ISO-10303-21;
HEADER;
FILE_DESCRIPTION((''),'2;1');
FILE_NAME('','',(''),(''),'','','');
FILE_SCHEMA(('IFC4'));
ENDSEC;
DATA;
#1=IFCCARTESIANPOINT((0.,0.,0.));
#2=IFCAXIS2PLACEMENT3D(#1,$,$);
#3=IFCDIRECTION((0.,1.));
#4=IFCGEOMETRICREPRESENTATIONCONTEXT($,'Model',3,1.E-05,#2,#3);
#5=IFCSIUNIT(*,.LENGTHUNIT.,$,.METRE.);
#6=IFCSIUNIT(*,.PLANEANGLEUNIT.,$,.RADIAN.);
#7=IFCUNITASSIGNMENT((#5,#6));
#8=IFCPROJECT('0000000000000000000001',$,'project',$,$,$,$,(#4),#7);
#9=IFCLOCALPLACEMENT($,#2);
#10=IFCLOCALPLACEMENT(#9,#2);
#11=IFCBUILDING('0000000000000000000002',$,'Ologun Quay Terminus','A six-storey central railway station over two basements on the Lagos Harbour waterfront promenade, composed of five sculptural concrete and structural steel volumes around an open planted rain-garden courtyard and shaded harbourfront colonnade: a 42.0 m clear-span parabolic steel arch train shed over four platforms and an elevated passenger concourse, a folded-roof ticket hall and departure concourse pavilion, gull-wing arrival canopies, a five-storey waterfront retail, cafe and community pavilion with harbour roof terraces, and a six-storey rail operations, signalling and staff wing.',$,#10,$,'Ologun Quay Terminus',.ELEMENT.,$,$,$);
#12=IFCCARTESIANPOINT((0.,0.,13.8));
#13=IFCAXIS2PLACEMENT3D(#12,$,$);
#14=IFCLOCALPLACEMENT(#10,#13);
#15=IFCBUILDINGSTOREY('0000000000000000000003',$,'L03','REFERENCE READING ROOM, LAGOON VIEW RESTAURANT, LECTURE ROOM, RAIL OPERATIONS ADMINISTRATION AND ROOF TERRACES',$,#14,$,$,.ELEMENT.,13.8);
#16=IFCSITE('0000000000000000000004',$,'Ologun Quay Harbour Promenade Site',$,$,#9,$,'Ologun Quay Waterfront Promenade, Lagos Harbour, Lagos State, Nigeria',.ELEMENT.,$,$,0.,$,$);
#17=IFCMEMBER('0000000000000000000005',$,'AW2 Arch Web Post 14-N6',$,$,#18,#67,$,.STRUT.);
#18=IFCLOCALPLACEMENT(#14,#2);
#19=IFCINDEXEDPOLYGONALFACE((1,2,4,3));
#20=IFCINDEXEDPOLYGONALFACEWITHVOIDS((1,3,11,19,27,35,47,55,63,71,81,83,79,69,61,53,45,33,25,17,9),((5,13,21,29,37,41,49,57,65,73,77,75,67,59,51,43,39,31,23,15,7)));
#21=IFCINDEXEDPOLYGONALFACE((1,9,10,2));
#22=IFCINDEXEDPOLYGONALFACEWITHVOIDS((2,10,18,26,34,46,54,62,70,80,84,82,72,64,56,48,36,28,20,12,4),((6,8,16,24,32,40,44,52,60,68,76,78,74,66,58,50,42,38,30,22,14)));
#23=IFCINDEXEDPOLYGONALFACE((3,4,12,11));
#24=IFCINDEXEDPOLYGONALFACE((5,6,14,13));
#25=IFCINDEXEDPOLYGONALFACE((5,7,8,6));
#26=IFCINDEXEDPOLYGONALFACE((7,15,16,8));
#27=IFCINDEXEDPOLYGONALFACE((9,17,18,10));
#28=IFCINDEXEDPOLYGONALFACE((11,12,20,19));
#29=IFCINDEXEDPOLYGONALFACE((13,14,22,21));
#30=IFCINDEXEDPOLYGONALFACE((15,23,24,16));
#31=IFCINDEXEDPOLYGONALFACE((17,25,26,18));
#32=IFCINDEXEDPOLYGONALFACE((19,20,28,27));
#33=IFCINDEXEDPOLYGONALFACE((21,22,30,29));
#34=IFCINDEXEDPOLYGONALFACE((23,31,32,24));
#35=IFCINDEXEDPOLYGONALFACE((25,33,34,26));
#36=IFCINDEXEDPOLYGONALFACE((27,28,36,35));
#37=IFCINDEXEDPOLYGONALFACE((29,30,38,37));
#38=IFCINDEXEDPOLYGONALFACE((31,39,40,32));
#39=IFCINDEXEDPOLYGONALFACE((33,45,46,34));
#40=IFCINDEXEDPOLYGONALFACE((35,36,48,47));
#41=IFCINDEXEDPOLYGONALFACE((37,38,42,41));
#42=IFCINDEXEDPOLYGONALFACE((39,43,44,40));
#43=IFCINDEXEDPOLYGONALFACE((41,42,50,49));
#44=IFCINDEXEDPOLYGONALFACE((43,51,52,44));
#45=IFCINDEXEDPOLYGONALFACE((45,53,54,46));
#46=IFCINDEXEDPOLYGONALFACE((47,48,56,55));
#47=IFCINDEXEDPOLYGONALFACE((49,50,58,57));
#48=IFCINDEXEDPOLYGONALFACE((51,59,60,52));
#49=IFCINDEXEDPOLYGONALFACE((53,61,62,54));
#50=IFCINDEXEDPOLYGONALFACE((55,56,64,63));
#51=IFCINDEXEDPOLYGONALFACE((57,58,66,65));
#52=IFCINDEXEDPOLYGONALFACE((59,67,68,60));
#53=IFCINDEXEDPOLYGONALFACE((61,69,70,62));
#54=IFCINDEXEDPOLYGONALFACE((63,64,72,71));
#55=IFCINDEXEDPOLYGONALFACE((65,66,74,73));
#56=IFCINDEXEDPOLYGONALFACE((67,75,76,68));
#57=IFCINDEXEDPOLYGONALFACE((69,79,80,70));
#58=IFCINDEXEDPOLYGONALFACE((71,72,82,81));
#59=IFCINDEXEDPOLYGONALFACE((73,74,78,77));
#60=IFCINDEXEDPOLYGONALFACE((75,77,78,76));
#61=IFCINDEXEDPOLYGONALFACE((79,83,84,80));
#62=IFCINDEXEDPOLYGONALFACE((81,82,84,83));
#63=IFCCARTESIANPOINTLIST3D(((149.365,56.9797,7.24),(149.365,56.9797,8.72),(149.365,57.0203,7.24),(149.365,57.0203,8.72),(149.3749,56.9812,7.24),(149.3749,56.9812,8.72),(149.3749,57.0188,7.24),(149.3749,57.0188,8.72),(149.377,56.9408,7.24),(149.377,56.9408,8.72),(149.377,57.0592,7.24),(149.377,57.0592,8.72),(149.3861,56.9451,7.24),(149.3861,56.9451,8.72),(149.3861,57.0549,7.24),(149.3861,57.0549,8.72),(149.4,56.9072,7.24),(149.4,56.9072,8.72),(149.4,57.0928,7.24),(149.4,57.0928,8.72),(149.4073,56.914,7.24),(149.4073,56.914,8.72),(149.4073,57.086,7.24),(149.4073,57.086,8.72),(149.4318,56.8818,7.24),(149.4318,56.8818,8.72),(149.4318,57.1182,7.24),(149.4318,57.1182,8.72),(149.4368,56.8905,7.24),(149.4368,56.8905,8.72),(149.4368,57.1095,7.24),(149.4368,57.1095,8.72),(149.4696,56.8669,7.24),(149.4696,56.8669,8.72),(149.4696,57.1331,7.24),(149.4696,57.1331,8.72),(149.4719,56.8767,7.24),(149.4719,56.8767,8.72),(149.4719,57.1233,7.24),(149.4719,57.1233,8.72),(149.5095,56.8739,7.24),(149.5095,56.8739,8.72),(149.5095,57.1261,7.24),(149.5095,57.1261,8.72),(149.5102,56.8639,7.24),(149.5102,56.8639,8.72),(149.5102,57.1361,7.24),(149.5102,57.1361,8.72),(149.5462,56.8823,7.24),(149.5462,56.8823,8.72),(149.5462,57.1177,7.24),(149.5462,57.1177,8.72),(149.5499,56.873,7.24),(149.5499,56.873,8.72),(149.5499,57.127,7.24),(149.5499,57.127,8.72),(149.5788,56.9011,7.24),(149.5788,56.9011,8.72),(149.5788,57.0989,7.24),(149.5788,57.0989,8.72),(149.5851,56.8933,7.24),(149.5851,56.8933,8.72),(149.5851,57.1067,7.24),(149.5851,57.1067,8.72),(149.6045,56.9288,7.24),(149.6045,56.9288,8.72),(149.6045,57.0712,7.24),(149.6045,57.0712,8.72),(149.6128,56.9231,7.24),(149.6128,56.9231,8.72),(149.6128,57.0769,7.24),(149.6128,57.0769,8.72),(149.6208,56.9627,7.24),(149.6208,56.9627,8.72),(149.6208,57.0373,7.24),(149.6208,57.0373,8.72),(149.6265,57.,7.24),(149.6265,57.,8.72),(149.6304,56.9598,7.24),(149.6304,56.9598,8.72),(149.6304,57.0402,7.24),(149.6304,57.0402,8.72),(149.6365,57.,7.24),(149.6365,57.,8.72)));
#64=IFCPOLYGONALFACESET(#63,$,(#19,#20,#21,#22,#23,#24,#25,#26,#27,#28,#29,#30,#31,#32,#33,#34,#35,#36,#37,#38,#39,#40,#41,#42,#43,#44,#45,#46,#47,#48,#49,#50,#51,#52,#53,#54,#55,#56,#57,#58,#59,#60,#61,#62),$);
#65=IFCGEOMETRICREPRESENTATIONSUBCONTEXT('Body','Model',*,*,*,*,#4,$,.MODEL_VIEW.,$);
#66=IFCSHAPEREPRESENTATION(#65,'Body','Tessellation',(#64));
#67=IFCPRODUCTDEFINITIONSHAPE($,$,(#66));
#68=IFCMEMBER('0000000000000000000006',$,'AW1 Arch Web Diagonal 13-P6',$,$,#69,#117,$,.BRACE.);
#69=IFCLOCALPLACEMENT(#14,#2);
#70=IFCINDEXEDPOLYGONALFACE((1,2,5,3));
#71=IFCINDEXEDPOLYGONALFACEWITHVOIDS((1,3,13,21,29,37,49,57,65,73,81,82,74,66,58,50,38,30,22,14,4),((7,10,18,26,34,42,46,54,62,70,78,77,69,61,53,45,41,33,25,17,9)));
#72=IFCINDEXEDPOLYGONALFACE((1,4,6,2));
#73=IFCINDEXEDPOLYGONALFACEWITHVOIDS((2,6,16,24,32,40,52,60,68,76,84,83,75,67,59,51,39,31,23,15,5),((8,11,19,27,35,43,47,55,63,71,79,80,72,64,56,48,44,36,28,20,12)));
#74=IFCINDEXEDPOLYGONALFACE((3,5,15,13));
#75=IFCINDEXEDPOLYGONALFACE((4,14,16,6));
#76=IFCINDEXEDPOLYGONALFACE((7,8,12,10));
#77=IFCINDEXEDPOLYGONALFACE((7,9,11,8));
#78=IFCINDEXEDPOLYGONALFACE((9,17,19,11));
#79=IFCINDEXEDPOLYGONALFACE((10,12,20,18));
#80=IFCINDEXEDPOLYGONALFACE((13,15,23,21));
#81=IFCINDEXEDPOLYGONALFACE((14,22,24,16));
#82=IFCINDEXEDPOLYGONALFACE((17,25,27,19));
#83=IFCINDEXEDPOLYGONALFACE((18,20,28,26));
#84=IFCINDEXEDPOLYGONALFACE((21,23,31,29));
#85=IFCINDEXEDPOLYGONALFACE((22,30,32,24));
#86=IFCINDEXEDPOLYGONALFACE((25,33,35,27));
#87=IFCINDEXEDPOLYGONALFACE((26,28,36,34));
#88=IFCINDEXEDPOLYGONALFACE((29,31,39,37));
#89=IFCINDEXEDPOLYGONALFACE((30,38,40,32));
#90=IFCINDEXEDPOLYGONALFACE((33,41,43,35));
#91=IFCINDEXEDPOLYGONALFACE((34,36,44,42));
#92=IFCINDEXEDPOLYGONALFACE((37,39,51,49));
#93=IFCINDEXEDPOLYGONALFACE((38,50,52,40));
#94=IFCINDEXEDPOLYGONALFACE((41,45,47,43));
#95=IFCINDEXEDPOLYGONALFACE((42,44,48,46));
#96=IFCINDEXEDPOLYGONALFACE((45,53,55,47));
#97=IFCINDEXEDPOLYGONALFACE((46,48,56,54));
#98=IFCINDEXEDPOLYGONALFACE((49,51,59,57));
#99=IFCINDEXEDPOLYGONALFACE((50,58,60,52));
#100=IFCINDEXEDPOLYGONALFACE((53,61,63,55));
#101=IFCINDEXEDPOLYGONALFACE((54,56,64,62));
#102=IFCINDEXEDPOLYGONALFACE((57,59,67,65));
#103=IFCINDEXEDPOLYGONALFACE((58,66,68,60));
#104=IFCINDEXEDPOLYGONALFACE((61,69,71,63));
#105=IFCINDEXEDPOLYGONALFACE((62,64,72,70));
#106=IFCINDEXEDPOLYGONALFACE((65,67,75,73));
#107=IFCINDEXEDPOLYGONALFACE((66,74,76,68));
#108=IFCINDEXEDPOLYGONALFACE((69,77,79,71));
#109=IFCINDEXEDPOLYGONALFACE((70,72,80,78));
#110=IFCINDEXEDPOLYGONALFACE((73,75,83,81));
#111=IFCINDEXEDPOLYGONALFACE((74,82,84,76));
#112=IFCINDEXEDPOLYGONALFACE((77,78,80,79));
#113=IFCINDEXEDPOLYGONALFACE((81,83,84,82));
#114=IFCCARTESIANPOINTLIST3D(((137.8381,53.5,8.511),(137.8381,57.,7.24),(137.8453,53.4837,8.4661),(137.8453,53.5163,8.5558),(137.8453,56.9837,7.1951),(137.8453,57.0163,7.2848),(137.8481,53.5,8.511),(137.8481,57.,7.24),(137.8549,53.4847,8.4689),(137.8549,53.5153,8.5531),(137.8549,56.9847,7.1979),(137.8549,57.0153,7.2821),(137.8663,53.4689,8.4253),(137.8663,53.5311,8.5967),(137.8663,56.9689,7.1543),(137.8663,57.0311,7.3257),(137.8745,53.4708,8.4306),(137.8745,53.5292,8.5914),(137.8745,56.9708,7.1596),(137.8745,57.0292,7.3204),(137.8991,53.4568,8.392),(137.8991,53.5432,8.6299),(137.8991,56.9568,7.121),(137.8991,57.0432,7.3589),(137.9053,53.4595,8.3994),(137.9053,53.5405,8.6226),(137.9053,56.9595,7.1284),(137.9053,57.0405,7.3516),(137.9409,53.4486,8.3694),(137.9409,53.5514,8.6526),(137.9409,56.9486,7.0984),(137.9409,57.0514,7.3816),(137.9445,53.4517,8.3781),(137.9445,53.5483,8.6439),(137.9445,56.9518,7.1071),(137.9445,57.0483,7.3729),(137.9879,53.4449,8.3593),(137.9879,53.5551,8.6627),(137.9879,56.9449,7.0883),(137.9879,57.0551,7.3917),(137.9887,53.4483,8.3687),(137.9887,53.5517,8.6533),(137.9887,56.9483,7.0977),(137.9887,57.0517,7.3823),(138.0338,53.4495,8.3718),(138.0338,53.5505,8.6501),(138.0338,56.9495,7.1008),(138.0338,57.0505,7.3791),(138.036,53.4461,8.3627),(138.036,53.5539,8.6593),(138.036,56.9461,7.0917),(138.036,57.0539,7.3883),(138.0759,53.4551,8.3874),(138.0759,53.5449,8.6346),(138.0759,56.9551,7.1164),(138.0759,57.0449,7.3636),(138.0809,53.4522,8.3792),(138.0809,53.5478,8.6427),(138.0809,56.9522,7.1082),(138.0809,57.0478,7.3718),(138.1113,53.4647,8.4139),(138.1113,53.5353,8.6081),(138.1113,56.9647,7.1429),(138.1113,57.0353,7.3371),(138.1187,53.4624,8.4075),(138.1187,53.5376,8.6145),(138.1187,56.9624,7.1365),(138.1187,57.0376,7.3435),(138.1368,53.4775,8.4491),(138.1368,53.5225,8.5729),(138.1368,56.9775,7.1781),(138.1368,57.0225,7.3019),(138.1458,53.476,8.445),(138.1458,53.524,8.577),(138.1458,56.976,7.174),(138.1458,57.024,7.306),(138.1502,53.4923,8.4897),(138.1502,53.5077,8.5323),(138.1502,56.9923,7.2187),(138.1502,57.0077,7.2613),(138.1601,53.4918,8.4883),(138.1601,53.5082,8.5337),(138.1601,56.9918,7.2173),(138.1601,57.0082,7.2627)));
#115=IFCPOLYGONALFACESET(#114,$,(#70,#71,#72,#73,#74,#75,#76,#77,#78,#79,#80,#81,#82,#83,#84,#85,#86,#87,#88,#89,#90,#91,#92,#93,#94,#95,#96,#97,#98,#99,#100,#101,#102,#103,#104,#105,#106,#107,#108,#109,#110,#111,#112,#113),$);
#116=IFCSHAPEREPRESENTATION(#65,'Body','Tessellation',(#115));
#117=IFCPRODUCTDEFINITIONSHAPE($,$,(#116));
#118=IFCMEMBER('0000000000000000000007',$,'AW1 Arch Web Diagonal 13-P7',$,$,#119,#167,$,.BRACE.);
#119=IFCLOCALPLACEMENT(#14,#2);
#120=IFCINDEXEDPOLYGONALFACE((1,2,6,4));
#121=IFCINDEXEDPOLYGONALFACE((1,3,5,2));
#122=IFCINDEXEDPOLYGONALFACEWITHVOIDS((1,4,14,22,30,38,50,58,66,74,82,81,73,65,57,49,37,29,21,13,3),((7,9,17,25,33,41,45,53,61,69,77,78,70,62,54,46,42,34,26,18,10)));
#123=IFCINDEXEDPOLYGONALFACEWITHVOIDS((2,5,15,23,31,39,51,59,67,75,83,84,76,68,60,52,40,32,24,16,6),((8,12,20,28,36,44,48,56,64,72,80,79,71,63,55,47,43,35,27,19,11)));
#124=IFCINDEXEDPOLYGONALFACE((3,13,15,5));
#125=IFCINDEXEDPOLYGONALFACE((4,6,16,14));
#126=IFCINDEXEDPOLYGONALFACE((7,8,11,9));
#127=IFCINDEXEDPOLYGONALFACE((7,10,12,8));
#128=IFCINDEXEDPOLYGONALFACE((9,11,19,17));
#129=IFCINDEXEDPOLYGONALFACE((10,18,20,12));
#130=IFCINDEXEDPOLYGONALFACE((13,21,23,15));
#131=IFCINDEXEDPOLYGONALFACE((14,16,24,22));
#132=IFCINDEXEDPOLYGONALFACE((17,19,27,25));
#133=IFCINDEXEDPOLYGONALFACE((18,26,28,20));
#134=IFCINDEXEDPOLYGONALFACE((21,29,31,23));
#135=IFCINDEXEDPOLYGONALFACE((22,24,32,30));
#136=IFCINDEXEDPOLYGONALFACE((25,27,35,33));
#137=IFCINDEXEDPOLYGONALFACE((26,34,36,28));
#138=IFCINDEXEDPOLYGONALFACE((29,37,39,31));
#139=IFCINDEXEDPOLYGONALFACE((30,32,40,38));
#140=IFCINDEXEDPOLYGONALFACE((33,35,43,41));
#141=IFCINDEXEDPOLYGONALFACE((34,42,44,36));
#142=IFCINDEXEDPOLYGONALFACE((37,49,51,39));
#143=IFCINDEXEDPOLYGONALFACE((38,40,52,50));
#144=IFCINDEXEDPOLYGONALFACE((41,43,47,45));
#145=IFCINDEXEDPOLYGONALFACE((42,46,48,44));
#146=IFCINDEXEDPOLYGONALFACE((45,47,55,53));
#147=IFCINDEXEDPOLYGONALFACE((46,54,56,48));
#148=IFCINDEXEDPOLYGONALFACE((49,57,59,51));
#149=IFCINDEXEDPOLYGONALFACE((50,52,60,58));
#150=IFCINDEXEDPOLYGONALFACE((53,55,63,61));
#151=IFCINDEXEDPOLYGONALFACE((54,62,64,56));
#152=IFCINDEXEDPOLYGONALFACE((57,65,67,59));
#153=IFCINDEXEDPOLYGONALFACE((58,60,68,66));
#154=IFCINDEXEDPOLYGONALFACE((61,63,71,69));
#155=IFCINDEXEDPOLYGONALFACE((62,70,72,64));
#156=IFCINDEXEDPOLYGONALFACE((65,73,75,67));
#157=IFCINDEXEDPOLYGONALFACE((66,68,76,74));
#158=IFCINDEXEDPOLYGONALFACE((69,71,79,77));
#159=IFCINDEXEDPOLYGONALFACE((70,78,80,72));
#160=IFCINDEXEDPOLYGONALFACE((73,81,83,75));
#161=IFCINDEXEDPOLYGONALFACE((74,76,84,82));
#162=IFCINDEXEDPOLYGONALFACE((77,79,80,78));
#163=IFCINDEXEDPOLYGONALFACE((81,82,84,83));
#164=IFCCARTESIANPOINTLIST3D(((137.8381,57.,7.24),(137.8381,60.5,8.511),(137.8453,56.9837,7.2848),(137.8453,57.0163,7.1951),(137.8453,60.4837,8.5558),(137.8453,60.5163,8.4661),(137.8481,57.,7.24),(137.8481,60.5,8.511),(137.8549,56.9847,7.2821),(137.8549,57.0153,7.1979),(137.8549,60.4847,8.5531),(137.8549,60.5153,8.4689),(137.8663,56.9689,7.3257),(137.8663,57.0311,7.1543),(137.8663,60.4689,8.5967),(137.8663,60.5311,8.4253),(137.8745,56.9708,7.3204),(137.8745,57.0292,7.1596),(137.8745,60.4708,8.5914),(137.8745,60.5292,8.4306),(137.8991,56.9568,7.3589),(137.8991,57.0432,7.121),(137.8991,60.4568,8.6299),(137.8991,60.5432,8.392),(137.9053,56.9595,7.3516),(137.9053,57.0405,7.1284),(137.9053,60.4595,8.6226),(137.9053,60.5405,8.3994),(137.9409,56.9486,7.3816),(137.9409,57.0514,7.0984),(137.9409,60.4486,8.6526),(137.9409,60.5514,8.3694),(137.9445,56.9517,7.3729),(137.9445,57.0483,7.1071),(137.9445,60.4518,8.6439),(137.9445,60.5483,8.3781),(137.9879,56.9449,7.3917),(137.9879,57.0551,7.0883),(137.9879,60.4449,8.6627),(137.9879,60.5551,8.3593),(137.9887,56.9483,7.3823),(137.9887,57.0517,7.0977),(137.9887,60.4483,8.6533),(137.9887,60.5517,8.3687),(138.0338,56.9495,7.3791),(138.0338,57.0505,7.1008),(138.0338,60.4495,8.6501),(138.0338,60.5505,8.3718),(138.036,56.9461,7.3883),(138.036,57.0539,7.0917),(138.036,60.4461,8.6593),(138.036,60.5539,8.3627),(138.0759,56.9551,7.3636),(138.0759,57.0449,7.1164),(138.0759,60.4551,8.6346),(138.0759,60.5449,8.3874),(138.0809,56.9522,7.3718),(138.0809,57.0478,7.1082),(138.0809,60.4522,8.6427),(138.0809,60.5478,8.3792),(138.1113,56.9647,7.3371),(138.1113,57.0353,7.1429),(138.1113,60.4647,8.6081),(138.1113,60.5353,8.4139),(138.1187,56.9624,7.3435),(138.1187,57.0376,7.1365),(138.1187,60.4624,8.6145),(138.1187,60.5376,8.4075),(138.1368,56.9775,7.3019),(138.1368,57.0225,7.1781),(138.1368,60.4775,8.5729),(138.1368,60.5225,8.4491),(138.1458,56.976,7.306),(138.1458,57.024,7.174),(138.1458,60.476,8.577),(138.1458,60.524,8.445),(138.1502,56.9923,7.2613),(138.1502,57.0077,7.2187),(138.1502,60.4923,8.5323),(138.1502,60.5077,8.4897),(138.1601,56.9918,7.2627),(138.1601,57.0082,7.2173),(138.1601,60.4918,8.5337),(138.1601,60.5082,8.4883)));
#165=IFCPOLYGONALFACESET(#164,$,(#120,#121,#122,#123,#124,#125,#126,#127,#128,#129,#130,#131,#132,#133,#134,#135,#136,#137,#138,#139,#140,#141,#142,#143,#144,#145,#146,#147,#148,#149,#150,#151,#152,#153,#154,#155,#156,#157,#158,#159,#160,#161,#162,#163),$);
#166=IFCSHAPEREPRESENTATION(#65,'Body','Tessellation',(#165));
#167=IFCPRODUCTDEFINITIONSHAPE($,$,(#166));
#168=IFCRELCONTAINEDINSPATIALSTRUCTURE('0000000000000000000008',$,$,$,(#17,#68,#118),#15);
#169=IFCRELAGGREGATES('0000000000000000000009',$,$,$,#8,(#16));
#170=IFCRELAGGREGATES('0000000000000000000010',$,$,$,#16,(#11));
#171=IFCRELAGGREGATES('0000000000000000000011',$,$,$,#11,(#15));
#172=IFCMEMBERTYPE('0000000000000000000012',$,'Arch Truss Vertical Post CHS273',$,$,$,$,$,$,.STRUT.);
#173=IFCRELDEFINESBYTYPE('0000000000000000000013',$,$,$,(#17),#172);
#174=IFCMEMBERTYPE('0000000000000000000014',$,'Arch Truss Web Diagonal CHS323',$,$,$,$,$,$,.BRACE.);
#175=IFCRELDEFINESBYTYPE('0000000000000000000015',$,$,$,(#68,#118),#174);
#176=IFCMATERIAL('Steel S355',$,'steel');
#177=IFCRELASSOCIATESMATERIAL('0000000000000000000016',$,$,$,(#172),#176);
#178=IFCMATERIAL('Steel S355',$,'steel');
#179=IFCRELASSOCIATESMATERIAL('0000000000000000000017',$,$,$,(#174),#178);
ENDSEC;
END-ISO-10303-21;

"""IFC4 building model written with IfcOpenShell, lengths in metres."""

from ifc_helpers import new_model, si_unit, direction, frame, origin, origin_2d, place, context, subcontext, project, spatial, hollow_circle, extrude, material, material_profile, profile_set, type_object, element, save


model = new_model("IFC4")

# Units and contexts
model_context = context("Model", 3, precision=1e-05, world=origin(), true_north=direction((0.0, 1.0)))
body_context = subcontext(model_context, "Body", "Model", "MODEL_VIEW")
ifc_project = project(units=[si_unit("LENGTHUNIT", "METRE"), si_unit("PLANEANGLEUNIT", "RADIAN")], contexts=[model_context])

# Site, building, storey
site_placement = place(None, origin())
site = spatial("IfcSite", under=ifc_project, at=site_placement, Name="Ologun Quay Harbour Promenade Site", LongName="Ologun Quay Waterfront Promenade, Lagos Harbour, Lagos State, Nigeria", CompositionType="ELEMENT", RefElevation=0.0)
building_placement = place(site_placement, origin())
building = spatial("IfcBuilding", under=site, at=building_placement, Name="Ologun Quay Terminus", Description="A six-storey central railway station over two basements on the Lagos Harbour waterfront promenade, composed of five sculptural concrete and structural steel volumes around an open planted rain-garden courtyard and shaded harbourfront colonnade: a 42.0 m clear-span parabolic steel arch train shed over four platforms and an elevated passenger concourse, a folded-roof ticket hall and departure concourse pavilion, gull-wing arrival canopies, a five-storey waterfront retail, cafe and community pavilion with harbour roof terraces, and a six-storey rail operations, signalling and staff wing.", LongName="Ologun Quay Terminus", CompositionType="ELEMENT")
storey_placement = place(building_placement, frame((0.0, 0.0, 13.8)))
storey = spatial("IfcBuildingStorey", under=building, at=storey_placement, Name="L03", Description="REFERENCE READING ROOM, LAGOON VIEW RESTAURANT, LECTURE ROOM, RAIL OPERATIONS ADMINISTRATION AND ROOF TERRACES", CompositionType="ELEMENT", Elevation=13.8)

# Members
ifc_material_1 = material(Name="Steel S355", Category="steel")
ifc_material_profile_1 = material_profile(ifc_material_1, hollow_circle(Radius=0.1365, WallThickness=0.01, at=origin_2d()), Name="CHS 273x10")
ifc_profile_set_1 = profile_set([ifc_material_profile_1], Name="Steel S355")
member_type_1 = type_object("IfcMemberType", Name="Arch Truss Vertical Post CHS273", PredefinedType="STRUT", material=ifc_profile_set_1)
member_1_placement = place(storey_placement, frame((149.5, 57.0, 7.24), z_axis=(0.0, 0.0, 1.0), x_axis=(1.0, 0.0, 0.0)))
element("IfcMember", 1, at=member_1_placement, inside=storey, type_object=member_type_1, Name="AW2 Arch Web Post 14-N6", PredefinedType="STRUT", context=body_context, shape_type="SweptSolid", body=[
    extrude(hollow_circle(Radius=0.1365, WallThickness=0.01, at=origin_2d()), origin(), (0.0, 0.0, 1.0), 1.48),
])
ifc_material_2 = material(Name="Steel S355", Category="steel")
ifc_material_profile_2 = material_profile(ifc_material_2, hollow_circle(Radius=0.1619, WallThickness=0.01, at=origin_2d()), Name="CHS 323.9x10")
ifc_profile_set_2 = profile_set([ifc_material_profile_2], Name="Steel S355")
member_type_2 = type_object("IfcMemberType", Name="Arch Truss Web Diagonal CHS323", PredefinedType="BRACE", material=ifc_profile_set_2)
for number, where, z_axis, x_axis, name in (
    (2, (138.0, 53.5, 8.511), (0.0, 0.939943, -0.341332), (-1.0, 0.0, 0.0), "AW1 Arch Web Diagonal 13-P6"),
    (3, (138.0, 57.0, 7.24), (0.0, 0.939943, 0.341332), (-1.0, 0.0, 0.0), "AW1 Arch Web Diagonal 13-P7"),
):
    element("IfcMember", number, at=place(storey_placement, frame(where, z_axis=z_axis, x_axis=x_axis)), inside=storey, type_object=member_type_2, Name=name, PredefinedType="BRACE", context=body_context, shape_type="SweptSolid", body=[
        extrude(hollow_circle(Radius=0.1619, WallThickness=0.01, at=origin_2d()), origin(), (0.0, 0.0, 1.0), 3.7236),
    ])

save(model, "model.ifc")
